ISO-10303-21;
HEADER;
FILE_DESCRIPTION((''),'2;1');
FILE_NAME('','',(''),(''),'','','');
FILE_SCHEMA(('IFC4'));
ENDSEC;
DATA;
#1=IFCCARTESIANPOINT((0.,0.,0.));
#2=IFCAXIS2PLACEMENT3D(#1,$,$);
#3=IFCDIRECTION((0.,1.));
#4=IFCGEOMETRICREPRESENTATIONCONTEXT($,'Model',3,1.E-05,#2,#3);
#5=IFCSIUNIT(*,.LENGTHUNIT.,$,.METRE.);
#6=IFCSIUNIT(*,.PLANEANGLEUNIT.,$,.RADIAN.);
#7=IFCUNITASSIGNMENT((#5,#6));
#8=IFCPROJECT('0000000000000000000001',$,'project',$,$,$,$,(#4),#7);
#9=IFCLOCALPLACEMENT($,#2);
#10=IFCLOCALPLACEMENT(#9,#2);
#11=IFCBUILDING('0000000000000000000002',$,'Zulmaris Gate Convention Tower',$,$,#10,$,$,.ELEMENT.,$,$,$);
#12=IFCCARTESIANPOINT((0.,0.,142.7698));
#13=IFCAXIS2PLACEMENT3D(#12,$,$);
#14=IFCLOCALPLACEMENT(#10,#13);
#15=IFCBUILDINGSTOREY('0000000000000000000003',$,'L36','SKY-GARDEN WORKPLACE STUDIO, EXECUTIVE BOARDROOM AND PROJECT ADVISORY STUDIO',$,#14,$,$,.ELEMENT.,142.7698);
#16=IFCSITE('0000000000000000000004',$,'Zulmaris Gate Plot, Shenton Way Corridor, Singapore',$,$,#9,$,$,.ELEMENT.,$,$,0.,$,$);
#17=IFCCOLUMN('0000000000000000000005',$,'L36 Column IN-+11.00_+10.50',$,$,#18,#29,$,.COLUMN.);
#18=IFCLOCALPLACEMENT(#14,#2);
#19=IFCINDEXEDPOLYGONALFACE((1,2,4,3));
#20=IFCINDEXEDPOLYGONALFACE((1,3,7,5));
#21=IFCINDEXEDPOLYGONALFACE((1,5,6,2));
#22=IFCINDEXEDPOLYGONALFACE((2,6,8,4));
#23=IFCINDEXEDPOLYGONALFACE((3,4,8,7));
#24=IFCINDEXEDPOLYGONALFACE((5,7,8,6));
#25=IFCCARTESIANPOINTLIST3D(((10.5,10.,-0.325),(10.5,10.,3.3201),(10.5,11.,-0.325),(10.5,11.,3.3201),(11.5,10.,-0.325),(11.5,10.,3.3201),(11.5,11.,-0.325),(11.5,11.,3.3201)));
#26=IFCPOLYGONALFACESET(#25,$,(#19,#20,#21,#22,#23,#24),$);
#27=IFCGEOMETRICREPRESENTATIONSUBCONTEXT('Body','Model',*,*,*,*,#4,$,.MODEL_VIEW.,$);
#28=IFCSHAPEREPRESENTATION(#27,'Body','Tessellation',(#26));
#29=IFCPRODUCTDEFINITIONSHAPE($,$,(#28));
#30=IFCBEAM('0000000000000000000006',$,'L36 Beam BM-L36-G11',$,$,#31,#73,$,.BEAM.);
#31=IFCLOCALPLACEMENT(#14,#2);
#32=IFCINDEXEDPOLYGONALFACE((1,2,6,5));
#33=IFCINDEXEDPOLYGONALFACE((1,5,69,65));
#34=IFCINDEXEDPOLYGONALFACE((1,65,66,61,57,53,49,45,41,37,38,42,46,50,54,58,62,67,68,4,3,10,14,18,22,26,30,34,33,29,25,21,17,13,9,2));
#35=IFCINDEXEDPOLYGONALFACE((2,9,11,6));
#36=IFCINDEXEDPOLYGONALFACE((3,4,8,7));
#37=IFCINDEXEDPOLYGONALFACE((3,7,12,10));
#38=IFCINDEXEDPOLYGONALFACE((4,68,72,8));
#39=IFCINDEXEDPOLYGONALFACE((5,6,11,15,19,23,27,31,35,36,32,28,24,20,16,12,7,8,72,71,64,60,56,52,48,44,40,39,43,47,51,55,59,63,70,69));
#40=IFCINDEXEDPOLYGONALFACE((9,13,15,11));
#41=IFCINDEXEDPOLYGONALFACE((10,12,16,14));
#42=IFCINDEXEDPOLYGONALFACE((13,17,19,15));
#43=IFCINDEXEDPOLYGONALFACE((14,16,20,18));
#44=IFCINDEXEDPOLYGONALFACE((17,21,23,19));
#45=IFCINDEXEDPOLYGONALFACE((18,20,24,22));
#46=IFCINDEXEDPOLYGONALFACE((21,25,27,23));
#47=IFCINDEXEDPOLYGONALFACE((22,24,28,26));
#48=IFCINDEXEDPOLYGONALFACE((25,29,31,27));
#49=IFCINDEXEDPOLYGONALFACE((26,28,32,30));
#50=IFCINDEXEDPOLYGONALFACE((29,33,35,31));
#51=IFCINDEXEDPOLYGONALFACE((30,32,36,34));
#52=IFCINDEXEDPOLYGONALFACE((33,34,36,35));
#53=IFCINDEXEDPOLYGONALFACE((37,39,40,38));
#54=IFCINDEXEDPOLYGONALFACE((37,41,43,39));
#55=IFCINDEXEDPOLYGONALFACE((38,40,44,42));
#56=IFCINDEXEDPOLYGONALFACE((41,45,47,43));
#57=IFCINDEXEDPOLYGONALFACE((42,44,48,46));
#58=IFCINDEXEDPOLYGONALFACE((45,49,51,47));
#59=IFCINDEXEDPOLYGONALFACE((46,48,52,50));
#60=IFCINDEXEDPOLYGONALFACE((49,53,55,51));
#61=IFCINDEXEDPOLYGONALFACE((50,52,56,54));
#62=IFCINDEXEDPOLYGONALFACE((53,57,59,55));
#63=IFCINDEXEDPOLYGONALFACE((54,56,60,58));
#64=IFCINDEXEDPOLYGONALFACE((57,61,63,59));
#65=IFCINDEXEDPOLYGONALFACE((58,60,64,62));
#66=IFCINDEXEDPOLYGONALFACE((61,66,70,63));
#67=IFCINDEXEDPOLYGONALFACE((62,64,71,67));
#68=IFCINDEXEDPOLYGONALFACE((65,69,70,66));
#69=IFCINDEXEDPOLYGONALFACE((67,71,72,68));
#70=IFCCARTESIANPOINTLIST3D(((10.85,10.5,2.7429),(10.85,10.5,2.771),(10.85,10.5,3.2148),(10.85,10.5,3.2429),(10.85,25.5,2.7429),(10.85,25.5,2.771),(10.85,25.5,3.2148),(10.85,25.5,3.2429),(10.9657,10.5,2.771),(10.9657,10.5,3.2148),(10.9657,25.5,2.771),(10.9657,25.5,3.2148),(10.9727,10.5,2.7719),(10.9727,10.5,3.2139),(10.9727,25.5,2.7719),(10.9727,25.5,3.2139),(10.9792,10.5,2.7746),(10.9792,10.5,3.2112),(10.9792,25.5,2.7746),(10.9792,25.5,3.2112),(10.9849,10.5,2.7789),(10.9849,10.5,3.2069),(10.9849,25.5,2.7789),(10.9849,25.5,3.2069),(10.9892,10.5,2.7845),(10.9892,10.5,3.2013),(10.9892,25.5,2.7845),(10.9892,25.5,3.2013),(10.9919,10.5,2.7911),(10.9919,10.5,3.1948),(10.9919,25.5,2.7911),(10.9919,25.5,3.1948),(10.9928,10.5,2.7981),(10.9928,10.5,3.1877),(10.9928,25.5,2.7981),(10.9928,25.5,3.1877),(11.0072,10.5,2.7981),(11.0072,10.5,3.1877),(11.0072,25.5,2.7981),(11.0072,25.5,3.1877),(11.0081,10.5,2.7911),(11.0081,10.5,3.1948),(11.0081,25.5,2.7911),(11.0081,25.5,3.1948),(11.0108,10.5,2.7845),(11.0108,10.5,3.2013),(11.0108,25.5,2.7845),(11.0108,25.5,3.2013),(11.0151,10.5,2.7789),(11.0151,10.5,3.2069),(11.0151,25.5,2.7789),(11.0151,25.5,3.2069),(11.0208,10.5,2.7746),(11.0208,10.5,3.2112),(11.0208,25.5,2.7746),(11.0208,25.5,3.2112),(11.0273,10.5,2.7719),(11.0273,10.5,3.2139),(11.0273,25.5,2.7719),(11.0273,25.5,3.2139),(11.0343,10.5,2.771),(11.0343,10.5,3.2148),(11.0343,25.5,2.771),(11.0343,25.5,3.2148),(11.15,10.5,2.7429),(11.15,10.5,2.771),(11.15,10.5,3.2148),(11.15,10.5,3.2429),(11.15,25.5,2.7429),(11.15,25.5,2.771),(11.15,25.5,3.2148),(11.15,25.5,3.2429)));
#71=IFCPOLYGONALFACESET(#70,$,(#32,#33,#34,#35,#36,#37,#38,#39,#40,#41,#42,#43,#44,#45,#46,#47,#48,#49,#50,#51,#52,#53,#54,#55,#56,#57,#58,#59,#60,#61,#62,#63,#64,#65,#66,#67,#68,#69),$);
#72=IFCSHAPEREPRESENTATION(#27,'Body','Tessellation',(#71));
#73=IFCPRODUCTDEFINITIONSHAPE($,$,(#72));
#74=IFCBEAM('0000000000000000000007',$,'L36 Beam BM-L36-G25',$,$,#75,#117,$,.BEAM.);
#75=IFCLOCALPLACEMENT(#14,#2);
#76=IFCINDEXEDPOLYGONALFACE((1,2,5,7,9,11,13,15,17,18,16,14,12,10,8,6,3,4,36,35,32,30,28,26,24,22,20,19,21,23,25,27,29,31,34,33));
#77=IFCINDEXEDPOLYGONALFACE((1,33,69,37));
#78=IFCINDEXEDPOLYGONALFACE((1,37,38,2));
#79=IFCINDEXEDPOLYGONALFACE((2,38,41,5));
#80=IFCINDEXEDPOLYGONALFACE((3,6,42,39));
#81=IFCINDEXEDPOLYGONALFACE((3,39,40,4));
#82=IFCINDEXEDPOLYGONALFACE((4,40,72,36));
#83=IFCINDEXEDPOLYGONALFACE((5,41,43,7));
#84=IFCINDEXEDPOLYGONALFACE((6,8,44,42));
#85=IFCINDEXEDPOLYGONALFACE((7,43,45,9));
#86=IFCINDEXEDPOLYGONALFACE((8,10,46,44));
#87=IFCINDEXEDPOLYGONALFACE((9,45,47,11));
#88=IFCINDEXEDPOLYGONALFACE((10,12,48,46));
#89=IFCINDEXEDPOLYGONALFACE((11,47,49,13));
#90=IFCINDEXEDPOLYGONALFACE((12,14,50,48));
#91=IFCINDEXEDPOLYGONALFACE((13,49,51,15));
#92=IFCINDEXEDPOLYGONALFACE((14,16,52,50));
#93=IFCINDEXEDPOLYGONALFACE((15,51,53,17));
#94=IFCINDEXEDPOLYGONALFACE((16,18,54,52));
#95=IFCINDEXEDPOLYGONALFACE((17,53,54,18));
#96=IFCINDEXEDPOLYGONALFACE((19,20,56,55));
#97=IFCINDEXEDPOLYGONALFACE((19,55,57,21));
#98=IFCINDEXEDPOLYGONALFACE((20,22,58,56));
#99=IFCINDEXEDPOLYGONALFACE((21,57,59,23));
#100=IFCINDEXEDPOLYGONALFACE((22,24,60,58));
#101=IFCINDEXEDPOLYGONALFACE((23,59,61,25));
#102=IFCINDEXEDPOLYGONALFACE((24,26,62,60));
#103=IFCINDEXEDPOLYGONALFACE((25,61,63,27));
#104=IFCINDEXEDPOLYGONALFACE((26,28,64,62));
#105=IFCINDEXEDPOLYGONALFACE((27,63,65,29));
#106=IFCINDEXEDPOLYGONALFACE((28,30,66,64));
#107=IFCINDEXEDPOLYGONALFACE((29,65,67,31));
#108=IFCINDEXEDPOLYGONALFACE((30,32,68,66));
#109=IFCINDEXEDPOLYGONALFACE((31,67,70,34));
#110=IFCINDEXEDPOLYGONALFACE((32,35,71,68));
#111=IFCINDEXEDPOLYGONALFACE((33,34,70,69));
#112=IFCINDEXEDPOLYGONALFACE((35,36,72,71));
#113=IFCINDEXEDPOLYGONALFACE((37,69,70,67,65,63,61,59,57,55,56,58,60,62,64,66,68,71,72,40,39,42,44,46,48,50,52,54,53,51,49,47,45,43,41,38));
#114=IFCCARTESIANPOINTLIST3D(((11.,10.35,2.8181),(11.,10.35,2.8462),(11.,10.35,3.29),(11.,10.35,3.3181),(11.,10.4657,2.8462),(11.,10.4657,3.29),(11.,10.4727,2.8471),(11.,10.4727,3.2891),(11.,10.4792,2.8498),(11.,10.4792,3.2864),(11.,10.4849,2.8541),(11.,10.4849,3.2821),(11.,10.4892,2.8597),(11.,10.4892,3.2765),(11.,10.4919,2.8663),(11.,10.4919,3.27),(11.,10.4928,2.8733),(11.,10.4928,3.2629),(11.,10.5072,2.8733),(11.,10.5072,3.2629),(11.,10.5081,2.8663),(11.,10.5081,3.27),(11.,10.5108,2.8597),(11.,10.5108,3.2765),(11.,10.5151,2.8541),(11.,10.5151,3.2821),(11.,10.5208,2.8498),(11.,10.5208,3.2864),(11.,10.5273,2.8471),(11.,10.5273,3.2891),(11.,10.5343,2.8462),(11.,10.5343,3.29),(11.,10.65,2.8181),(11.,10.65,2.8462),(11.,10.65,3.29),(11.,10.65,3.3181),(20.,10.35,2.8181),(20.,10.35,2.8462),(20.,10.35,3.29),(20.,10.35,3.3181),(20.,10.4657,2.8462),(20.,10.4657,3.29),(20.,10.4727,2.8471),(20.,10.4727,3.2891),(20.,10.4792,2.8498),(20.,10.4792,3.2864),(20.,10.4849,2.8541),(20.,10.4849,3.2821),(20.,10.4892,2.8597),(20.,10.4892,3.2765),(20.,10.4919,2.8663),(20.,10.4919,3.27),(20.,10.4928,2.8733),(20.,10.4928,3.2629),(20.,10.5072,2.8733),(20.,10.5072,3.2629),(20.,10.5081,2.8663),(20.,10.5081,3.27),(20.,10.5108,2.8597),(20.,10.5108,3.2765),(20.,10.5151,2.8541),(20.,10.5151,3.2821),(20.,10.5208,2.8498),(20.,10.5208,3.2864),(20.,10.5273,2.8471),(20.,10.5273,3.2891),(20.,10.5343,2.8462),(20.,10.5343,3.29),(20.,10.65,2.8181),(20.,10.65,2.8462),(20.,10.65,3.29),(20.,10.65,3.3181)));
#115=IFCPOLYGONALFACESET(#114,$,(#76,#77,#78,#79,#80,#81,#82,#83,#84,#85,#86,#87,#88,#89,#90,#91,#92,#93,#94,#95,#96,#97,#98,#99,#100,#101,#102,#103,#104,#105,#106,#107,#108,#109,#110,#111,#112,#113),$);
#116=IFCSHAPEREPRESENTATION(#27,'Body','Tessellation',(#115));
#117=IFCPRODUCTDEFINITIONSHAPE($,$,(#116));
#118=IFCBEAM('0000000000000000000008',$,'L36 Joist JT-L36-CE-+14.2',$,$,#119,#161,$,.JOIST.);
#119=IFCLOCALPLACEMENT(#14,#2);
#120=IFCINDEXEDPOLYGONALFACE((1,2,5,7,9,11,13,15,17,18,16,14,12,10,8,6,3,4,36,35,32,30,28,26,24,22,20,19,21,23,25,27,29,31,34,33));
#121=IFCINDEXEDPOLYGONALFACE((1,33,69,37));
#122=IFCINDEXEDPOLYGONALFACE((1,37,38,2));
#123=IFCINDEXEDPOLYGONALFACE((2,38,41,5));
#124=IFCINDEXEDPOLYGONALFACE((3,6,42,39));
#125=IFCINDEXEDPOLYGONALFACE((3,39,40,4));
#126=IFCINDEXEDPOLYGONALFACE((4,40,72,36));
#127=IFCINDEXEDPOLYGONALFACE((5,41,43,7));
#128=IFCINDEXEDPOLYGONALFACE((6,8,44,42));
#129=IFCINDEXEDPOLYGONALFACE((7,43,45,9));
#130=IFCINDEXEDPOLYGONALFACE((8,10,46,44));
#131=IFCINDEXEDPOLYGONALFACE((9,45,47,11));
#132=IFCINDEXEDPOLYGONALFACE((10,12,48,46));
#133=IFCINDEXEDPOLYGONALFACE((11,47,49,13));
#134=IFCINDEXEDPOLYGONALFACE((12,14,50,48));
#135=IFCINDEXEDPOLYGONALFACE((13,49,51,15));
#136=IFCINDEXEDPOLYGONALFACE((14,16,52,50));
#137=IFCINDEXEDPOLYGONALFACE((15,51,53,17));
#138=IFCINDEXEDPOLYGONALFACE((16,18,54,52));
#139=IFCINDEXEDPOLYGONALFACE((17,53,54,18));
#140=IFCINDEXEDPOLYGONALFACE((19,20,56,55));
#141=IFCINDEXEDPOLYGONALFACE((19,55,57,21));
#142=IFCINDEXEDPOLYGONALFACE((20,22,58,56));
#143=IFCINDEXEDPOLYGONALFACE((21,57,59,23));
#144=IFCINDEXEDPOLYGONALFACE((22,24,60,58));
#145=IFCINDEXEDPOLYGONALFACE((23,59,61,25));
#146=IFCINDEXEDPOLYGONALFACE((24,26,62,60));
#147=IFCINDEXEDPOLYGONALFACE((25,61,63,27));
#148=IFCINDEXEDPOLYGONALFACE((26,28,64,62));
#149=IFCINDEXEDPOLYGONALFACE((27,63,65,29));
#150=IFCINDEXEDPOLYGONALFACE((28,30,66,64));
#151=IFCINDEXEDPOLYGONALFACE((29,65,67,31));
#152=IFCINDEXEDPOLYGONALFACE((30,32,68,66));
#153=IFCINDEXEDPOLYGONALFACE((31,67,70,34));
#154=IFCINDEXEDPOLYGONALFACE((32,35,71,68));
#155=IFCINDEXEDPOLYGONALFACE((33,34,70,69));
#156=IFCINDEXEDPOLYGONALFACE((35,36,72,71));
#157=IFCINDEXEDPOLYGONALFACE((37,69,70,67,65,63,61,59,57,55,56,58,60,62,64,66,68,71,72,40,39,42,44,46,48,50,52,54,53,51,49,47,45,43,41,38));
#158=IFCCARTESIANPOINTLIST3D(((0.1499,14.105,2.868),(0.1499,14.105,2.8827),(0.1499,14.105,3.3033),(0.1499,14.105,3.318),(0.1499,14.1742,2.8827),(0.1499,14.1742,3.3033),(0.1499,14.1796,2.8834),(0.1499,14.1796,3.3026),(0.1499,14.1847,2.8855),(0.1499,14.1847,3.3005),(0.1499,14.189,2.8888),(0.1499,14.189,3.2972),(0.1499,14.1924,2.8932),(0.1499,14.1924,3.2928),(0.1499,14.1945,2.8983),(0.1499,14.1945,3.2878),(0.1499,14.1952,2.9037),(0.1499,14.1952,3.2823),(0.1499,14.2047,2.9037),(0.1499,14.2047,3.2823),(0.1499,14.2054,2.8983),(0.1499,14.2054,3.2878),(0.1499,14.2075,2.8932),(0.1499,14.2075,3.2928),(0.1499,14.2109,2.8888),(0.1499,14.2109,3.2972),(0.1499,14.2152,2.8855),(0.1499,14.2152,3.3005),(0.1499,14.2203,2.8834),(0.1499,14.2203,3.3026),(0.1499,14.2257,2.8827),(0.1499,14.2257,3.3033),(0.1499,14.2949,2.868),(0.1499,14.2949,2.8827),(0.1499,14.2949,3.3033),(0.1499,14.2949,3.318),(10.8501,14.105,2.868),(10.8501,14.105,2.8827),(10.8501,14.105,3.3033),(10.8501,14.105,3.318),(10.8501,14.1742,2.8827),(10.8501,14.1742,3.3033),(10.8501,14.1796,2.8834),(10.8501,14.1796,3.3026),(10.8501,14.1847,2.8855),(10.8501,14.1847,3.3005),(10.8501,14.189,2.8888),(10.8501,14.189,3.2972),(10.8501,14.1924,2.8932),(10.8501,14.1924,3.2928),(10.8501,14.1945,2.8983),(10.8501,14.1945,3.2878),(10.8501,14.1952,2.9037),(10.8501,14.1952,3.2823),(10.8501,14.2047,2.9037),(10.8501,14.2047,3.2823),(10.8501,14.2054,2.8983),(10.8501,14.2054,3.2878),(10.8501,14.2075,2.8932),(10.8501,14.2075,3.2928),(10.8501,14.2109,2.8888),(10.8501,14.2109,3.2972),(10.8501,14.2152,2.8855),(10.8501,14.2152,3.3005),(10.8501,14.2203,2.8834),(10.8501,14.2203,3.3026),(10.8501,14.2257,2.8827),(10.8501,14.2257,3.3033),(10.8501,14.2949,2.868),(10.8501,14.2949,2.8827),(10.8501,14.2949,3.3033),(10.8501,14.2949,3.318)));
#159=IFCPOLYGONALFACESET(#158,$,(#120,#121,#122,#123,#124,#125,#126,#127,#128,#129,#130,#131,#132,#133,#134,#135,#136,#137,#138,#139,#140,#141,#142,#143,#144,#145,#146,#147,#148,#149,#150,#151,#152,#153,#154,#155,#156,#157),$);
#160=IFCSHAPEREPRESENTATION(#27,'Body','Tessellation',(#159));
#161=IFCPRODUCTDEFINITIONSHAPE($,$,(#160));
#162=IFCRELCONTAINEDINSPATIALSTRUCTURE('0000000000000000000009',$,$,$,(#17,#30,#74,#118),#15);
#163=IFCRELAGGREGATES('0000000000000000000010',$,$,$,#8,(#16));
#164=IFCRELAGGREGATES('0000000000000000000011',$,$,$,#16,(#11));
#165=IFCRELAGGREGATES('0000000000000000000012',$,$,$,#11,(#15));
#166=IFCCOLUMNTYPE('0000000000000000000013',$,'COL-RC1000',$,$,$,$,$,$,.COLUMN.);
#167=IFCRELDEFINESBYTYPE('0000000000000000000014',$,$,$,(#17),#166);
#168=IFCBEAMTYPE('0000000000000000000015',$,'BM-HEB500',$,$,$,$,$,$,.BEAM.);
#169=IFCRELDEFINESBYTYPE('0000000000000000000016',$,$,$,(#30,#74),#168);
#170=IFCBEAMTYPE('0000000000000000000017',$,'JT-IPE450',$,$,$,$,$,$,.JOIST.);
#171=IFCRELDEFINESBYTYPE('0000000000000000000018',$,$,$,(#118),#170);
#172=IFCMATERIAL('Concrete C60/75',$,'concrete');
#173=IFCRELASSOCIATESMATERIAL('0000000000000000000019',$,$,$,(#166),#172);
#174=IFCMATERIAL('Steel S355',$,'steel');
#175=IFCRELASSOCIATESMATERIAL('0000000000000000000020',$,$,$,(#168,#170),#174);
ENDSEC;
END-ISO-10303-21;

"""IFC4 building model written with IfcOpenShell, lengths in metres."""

from ifc_helpers import new_model, si_unit, direction, frame, origin, origin_2d, place, context, subcontext, project, spatial, rectangle, i_section, extrude, material, material_profile, profile_set, type_object, element, save


model = new_model("IFC4")

# Units and contexts
model_context = context("Model", 3, precision=1e-05, world=origin(), true_north=direction((0.0, 1.0)))
body_context = subcontext(model_context, "Body", "Model", "MODEL_VIEW")
ifc_project = project(units=[si_unit("LENGTHUNIT", "METRE"), si_unit("PLANEANGLEUNIT", "RADIAN")], contexts=[model_context])

# Site, building, storey
site_placement = place(None, origin())
site = spatial("IfcSite", under=ifc_project, at=site_placement, Name="Zulmaris Gate Plot, Shenton Way Corridor, Singapore", CompositionType="ELEMENT", RefElevation=0.0)
building_placement = place(site_placement, origin())
building = spatial("IfcBuilding", under=site, at=building_placement, Name="Zulmaris Gate Convention Tower", CompositionType="ELEMENT")
storey_placement = place(building_placement, frame((0.0, 0.0, 142.7698)))
storey = spatial("IfcBuildingStorey", under=building, at=storey_placement, Name="L36", Description="SKY-GARDEN WORKPLACE STUDIO, EXECUTIVE BOARDROOM AND PROJECT ADVISORY STUDIO", CompositionType="ELEMENT", Elevation=142.7698)

# Column
ifc_material_1 = material(Name="Concrete C60/75", Category="concrete")
ifc_material_profile_1 = material_profile(ifc_material_1, rectangle(XDim=1.0, YDim=1.0, at=origin_2d()), Name="RC COL 1000x1000")
ifc_profile_set_1 = profile_set([ifc_material_profile_1], Name="Concrete C60/75")
column_type = type_object("IfcColumnType", Name="COL-RC1000", PredefinedType="COLUMN", material=ifc_profile_set_1)
column_placement = place(storey_placement, frame((11.0, 10.5, -0.325), z_axis=(0.0, 0.0, 1.0), x_axis=(1.0, 0.0, 0.0)))
element("IfcColumn", 1, at=column_placement, inside=storey, type_object=column_type, Name="L36 Column IN-+11.00_+10.50", PredefinedType="COLUMN", context=body_context, shape_type="SweptSolid", body=[
    extrude(rectangle(XDim=1.0, YDim=1.0, at=origin_2d()), origin(), (0.0, 0.0, 1.0), 3.645),
])

# Beams
ifc_material_2 = material(Name="Steel S355", Category="steel")
ifc_material_profile_2 = material_profile(ifc_material_2, i_section(OverallWidth=0.3, OverallDepth=0.5, WebThickness=0.0144, FlangeThickness=0.0281, FilletRadius=0.0271, at=origin_2d()), Name="HEB 500")
ifc_profile_set_2 = profile_set([ifc_material_profile_2], Name="Steel S355")
beam_type_1 = type_object("IfcBeamType", Name="BM-HEB500", PredefinedType="BEAM", material=ifc_profile_set_2)
beam_1_placement = place(storey_placement, frame((11.0, 10.5, 2.9929), z_axis=(0.0, 1.0, 0.0), x_axis=(-1.0, 0.0, 0.0)))
element("IfcBeam", 2, at=beam_1_placement, inside=storey, type_object=beam_type_1, Name="L36 Beam BM-L36-G11", PredefinedType="BEAM", context=body_context, shape_type="SweptSolid", body=[
    extrude(i_section(OverallWidth=0.3, OverallDepth=0.5, WebThickness=0.0144, FlangeThickness=0.0281, FilletRadius=0.0271, at=origin_2d()), origin(), (0.0, 0.0, 1.0), 15.0),
])
beam_2_placement = place(storey_placement, frame((11.0, 10.5, 3.0681), z_axis=(1.0, 0.0, 0.0), x_axis=(0.0, 1.0, 0.0)))
element("IfcBeam", 3, at=beam_2_placement, inside=storey, type_object=beam_type_1, Name="L36 Beam BM-L36-G25", PredefinedType="BEAM", context=body_context, shape_type="SweptSolid", body=[
    extrude(i_section(OverallWidth=0.3, OverallDepth=0.5, WebThickness=0.0144, FlangeThickness=0.0281, FilletRadius=0.0271, at=origin_2d()), origin(), (0.0, 0.0, 1.0), 9.0),
])
ifc_material_profile_3 = material_profile(ifc_material_2, i_section(OverallWidth=0.1899, OverallDepth=0.45, WebThickness=0.0095, FlangeThickness=0.0146, FilletRadius=0.021, at=origin_2d()), Name="IPE 450")
ifc_profile_set_3 = profile_set([ifc_material_profile_3], Name="Steel S355")
beam_type_2 = type_object("IfcBeamType", Name="JT-IPE450", PredefinedType="JOIST", material=ifc_profile_set_3)
for number, where, z_axis, x_axis, name in (
    (4, (0.1499, 14.2, 3.093), (1.0, 0.0, 0.0), (0.0, 1.0, 0.0), "L36 Joist JT-L36-CE-+14.2"),
):
    element("IfcBeam", number, at=place(storey_placement, frame(where, z_axis=z_axis, x_axis=x_axis)), inside=storey, type_object=beam_type_2, Name=name, PredefinedType="JOIST", context=body_context, shape_type="SweptSolid", body=[
        extrude(i_section(OverallWidth=0.1899, OverallDepth=0.45, WebThickness=0.0095, FlangeThickness=0.0146, FilletRadius=0.021, at=origin_2d()), origin(), (0.0, 0.0, 1.0), 10.7002),
    ])

save(model, "model.ifc")
